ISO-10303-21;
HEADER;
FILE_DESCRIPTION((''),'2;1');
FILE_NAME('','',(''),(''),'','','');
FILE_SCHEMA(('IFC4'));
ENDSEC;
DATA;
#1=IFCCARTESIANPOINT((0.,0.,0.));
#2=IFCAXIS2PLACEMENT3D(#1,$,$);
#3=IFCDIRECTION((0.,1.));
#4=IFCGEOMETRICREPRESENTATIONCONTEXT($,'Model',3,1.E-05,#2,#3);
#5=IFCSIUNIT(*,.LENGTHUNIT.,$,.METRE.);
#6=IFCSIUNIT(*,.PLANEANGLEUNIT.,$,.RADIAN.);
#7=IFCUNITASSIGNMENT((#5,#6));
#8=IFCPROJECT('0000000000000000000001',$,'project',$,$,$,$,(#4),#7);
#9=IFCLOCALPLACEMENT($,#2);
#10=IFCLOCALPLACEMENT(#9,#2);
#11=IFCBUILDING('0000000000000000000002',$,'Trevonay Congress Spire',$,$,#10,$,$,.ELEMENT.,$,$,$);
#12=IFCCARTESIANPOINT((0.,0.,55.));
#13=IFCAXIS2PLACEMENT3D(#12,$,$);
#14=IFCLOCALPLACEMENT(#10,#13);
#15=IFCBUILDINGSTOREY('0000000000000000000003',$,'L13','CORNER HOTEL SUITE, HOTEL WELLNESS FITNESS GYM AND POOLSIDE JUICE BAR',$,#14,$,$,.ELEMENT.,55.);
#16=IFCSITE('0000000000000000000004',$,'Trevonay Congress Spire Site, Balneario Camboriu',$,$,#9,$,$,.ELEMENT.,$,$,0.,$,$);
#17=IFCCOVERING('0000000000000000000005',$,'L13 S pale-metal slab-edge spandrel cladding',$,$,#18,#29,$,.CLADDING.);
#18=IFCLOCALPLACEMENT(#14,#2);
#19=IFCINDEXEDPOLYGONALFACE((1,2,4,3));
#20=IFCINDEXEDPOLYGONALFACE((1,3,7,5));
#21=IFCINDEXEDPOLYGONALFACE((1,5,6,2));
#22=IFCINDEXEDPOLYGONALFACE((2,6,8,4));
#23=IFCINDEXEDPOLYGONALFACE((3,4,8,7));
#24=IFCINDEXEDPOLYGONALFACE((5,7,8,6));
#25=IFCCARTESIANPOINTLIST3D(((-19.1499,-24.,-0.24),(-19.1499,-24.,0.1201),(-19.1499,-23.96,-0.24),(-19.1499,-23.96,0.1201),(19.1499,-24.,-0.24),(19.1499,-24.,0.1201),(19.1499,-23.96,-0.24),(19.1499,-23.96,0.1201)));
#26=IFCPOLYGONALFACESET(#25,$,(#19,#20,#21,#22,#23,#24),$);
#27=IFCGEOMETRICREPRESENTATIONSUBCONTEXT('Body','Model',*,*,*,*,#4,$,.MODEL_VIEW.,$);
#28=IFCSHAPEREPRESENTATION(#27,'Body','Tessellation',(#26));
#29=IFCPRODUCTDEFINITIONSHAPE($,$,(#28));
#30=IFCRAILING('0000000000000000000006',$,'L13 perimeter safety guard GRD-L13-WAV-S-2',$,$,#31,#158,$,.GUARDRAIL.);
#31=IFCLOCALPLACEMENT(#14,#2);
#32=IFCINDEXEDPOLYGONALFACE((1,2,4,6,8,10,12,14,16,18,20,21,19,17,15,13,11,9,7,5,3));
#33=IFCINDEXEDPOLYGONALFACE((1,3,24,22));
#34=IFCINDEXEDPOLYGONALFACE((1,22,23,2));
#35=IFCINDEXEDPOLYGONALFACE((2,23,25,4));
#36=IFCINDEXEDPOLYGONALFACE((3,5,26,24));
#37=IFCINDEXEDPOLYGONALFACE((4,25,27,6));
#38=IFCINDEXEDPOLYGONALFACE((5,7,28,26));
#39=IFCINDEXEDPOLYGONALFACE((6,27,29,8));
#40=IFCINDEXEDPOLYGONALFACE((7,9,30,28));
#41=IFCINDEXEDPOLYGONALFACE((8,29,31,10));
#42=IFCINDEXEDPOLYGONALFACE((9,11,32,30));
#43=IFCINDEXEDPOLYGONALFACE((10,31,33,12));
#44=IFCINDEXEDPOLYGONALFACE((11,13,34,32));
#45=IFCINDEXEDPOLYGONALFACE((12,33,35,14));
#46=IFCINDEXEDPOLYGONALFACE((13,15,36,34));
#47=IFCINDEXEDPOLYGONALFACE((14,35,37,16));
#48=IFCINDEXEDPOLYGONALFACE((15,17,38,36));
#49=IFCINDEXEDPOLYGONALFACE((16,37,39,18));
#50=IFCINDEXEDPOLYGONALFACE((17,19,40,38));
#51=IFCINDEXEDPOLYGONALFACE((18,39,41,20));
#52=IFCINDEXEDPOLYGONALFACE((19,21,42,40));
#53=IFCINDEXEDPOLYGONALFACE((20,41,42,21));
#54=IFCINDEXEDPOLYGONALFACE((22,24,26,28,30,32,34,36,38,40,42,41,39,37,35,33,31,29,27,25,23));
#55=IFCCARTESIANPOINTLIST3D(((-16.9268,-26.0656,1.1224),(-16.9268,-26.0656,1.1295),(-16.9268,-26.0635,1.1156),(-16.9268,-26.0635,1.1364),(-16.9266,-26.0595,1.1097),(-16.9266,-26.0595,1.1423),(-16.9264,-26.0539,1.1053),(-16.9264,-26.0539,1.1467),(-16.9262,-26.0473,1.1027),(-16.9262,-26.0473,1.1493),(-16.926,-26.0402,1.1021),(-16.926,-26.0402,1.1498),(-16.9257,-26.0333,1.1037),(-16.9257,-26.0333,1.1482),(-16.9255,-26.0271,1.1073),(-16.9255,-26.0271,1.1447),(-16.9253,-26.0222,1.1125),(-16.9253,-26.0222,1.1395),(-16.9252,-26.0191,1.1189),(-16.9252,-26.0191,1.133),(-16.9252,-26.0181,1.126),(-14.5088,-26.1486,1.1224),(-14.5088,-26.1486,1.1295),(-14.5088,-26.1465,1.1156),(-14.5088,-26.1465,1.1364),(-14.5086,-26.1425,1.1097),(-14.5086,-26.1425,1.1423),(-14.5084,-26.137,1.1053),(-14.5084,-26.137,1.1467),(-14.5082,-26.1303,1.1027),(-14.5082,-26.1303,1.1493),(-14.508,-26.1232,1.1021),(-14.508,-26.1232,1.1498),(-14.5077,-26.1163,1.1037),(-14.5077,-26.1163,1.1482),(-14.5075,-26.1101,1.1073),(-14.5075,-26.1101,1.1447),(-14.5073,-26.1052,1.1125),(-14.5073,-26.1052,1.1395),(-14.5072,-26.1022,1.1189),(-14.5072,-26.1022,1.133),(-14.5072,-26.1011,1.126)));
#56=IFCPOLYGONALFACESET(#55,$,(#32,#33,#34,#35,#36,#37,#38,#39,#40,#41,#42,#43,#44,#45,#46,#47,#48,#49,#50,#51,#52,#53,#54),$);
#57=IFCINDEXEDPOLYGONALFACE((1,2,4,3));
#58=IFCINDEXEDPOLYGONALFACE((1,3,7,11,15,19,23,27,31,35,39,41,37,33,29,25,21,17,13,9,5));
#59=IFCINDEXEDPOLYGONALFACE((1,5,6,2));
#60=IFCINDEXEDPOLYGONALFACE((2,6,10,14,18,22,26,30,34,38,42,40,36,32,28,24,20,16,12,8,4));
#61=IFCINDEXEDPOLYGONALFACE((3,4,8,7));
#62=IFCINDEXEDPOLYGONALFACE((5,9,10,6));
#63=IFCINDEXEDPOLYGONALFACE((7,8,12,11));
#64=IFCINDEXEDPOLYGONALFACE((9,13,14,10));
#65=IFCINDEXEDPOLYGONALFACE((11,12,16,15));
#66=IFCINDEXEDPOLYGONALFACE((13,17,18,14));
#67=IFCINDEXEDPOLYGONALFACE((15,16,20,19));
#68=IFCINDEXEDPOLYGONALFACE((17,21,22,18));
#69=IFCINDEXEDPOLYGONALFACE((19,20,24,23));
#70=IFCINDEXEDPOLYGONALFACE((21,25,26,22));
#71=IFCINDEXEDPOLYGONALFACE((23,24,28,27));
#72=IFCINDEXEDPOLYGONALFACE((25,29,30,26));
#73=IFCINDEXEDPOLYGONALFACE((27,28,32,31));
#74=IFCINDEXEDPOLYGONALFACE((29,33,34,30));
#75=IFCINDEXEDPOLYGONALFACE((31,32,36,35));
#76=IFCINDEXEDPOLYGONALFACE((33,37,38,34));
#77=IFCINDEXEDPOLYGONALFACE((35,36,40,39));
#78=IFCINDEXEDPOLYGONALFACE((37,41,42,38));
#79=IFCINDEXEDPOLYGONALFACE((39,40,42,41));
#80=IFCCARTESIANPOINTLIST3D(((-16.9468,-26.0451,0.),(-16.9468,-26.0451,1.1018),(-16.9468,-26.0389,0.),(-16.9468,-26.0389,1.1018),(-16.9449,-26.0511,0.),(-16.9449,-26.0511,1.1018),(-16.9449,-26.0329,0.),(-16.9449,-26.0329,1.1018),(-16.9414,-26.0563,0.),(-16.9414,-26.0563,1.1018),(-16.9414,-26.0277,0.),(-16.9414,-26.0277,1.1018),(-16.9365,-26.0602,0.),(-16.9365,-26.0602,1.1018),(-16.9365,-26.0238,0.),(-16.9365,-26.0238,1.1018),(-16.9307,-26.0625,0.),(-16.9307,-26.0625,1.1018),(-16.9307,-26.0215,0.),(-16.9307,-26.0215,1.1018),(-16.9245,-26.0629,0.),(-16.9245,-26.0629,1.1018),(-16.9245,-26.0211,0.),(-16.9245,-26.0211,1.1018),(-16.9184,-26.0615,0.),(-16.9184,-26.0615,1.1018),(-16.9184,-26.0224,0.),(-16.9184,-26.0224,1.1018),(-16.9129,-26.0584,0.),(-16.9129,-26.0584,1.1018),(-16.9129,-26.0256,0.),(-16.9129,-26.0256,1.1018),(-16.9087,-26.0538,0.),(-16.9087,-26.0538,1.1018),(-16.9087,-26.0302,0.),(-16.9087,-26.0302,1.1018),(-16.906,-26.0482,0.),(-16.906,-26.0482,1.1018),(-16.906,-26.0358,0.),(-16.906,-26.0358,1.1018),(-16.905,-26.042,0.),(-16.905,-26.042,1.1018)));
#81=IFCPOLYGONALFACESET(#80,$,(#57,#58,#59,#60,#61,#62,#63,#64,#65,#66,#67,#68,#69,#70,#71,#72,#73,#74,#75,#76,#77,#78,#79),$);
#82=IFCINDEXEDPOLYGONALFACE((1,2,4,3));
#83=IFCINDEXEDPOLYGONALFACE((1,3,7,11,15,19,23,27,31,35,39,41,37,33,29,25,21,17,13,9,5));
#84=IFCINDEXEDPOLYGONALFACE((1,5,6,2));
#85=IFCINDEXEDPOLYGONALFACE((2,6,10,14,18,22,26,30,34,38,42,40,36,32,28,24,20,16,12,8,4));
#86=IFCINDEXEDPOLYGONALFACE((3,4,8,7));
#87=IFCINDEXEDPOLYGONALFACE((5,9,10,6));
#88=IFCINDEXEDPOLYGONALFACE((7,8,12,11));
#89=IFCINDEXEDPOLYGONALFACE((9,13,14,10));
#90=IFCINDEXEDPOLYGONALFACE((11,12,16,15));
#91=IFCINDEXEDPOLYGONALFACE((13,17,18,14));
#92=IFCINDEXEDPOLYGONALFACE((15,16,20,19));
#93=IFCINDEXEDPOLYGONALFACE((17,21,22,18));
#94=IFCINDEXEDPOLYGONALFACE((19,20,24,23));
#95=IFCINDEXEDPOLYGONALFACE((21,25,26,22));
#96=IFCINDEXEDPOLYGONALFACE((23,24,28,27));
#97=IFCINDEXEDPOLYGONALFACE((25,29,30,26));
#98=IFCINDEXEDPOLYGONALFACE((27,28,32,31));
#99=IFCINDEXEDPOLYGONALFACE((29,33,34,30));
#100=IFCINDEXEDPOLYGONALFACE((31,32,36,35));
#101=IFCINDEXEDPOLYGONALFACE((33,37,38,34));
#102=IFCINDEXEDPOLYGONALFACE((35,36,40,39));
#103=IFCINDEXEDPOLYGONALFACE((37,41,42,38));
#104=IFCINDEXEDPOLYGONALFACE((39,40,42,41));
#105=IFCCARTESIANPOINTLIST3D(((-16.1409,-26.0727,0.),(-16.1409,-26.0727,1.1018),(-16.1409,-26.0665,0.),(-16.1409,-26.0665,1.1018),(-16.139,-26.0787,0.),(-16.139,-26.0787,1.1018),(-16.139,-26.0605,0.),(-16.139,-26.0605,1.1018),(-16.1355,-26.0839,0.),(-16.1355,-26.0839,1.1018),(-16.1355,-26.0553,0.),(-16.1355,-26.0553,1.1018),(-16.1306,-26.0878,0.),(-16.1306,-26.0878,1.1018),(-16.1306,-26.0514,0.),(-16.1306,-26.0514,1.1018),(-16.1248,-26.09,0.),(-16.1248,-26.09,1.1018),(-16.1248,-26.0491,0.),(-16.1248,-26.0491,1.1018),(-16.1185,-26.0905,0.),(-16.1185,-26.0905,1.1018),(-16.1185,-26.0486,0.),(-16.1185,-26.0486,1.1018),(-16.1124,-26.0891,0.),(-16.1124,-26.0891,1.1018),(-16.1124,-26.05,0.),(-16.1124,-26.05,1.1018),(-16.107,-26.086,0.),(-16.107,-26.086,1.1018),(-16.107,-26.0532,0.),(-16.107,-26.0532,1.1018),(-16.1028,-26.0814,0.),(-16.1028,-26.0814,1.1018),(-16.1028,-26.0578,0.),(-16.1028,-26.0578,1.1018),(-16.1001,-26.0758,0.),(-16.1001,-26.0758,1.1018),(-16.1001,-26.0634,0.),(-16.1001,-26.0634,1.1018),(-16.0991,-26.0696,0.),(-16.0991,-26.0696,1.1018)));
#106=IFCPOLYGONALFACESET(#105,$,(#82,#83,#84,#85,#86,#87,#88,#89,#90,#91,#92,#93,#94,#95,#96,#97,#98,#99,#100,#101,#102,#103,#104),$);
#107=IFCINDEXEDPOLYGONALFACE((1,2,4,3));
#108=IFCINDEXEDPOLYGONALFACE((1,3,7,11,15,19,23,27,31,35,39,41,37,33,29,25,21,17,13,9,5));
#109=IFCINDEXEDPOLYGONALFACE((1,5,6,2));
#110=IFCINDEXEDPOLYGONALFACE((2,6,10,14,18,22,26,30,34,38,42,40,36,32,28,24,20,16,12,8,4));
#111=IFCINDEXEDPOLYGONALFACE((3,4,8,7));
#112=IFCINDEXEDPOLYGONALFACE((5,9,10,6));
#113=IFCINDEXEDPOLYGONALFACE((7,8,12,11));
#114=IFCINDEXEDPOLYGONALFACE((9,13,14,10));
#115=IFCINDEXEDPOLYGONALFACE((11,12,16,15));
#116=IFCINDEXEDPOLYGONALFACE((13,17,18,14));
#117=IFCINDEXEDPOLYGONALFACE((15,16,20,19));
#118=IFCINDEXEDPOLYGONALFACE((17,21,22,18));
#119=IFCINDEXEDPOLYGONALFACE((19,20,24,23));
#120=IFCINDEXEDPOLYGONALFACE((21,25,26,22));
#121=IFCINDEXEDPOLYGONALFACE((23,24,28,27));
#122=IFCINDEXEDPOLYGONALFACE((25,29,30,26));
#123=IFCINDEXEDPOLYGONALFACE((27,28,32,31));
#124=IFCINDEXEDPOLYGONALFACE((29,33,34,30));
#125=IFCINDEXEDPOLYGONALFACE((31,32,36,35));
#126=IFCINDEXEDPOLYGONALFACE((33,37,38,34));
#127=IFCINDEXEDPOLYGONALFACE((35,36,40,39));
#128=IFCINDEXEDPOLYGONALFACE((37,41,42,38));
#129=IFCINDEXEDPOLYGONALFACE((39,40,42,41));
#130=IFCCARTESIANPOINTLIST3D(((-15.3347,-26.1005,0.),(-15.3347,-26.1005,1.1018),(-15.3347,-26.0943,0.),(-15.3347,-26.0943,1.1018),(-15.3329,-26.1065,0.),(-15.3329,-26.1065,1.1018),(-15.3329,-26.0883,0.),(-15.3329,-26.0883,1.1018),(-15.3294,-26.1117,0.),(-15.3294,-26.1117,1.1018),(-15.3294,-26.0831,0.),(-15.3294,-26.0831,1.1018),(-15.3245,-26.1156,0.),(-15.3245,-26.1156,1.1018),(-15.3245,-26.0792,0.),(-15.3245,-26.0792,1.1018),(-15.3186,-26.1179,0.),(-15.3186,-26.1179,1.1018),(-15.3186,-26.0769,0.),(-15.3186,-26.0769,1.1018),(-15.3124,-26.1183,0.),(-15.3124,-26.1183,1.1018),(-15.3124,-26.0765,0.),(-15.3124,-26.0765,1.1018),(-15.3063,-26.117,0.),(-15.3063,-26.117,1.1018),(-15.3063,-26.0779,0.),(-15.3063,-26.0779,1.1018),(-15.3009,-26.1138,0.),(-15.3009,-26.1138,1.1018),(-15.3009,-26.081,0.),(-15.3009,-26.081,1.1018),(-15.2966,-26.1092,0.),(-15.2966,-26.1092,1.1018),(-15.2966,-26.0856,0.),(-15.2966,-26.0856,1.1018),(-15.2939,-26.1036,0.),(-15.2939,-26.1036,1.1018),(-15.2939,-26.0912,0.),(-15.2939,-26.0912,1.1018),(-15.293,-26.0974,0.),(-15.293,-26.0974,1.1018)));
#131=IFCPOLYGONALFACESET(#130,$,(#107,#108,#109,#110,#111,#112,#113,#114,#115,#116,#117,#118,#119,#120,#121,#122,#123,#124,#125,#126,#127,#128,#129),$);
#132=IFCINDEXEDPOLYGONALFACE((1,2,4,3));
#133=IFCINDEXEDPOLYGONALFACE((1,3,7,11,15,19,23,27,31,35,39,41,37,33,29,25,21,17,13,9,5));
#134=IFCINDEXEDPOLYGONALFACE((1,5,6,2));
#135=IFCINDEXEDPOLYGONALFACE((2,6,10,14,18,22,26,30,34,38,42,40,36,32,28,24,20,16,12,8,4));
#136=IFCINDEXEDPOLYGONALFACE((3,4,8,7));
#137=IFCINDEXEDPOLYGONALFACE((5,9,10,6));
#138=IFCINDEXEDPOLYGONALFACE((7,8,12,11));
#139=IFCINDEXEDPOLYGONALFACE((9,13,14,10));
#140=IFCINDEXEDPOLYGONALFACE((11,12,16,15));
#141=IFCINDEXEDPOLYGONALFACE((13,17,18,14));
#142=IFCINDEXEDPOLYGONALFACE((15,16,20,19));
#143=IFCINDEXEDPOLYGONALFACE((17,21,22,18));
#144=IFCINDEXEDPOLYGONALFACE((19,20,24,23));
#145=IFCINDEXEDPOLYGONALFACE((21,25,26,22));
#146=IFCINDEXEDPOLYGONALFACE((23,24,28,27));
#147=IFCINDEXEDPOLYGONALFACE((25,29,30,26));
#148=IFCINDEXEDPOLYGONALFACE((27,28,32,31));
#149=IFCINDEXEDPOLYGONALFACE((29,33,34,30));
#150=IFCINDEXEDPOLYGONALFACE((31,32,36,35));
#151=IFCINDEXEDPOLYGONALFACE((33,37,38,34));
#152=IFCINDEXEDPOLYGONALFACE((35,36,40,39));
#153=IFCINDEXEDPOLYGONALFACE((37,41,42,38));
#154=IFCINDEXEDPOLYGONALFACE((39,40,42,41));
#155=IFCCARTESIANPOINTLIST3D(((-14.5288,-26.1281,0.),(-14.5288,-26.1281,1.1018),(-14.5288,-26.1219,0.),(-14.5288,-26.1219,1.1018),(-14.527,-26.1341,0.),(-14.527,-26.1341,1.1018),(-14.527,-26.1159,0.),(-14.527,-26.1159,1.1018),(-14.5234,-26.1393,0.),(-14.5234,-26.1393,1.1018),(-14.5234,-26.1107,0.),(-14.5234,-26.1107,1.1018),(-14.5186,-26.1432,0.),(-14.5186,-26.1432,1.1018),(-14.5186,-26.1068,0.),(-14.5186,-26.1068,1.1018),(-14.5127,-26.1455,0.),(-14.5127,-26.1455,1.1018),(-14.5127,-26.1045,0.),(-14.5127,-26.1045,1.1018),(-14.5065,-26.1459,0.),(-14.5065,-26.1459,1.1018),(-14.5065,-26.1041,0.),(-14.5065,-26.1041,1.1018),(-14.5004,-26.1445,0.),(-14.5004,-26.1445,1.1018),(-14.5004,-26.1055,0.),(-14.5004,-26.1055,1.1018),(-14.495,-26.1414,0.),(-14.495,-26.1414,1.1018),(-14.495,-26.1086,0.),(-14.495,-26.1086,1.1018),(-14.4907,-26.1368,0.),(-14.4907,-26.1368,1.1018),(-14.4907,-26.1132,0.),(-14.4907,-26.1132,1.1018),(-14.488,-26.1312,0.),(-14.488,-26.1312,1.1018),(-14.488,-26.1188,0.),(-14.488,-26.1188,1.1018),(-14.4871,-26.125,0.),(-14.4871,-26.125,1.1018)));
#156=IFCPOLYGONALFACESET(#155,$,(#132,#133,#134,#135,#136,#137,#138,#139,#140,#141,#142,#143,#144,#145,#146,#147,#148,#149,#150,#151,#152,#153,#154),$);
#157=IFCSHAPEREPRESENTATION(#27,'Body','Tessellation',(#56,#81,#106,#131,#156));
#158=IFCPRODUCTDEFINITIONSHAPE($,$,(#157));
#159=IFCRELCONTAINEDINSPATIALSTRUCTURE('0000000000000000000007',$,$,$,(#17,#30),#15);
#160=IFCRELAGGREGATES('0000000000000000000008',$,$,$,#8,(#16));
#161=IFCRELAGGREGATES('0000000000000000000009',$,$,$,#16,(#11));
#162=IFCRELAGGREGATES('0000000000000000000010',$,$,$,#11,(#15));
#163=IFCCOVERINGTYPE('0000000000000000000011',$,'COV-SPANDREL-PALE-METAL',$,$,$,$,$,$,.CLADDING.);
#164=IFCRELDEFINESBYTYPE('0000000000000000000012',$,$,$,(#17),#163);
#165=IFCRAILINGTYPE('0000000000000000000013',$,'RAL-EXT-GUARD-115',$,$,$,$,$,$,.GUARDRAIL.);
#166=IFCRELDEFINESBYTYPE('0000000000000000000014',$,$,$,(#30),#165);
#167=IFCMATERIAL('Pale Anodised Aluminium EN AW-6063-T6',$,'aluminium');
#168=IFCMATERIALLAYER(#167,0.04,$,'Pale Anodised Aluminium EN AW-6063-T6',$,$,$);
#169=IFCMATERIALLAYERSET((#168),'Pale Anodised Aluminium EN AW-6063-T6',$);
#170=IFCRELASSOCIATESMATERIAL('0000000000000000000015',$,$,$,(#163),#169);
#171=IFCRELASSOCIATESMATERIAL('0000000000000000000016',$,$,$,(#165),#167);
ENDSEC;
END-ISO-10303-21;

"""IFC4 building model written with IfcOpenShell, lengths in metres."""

from ifc_helpers import new_model, si_unit, direction, frame, frame_2d, origin, origin_2d, place, context, subcontext, project, spatial, rectangle, circle, extrude, material, layer, layer_set, type_object, element, save


model = new_model("IFC4")

# Units and contexts
model_context = context("Model", 3, precision=1e-05, world=origin(), true_north=direction((0.0, 1.0)))
body_context = subcontext(model_context, "Body", "Model", "MODEL_VIEW")
ifc_project = project(units=[si_unit("LENGTHUNIT", "METRE"), si_unit("PLANEANGLEUNIT", "RADIAN")], contexts=[model_context])

# Site, building, storey
site_placement = place(None, origin())
site = spatial("IfcSite", under=ifc_project, at=site_placement, Name="Trevonay Congress Spire Site, Balneario Camboriu", CompositionType="ELEMENT", RefElevation=0.0)
building_placement = place(site_placement, origin())
building = spatial("IfcBuilding", under=site, at=building_placement, Name="Trevonay Congress Spire", CompositionType="ELEMENT")
storey_placement = place(building_placement, frame((0.0, 0.0, 55.0)))
storey = spatial("IfcBuildingStorey", under=building, at=storey_placement, Name="L13", Description="CORNER HOTEL SUITE, HOTEL WELLNESS FITNESS GYM AND POOLSIDE JUICE BAR", CompositionType="ELEMENT", Elevation=55.0)

# Shared definitions
ifc_material_1 = material(Name="Pale Anodised Aluminium EN AW-6063-T6", Category="aluminium")

# Covering
ifc_layer_1 = layer(ifc_material_1, 0.04, Name="Pale Anodised Aluminium EN AW-6063-T6")
ifc_layer_set_1 = layer_set([ifc_layer_1], Name="Pale Anodised Aluminium EN AW-6063-T6")
covering_type = type_object("IfcCoveringType", Name="COV-SPANDREL-PALE-METAL", PredefinedType="CLADDING", material=ifc_layer_set_1)
covering_placement = place(storey_placement, frame((-19.1499, -23.98, -0.24), z_axis=(0.0, 0.0, 1.0), x_axis=(1.0, 0.0, 0.0)))
element("IfcCovering", 1, at=covering_placement, inside=storey, type_object=covering_type, Name="L13 S pale-metal slab-edge spandrel cladding", PredefinedType="CLADDING", context=body_context, shape_type="SweptSolid", body=[
    extrude(rectangle(XDim=38.2998, YDim=0.04, at=frame_2d((19.1499, 0.0))), origin(), (0.0, 0.0, 1.0), 0.3601),
])

# Railing
railing_type = type_object("IfcRailingType", Name="RAL-EXT-GUARD-115", PredefinedType="GUARDRAIL", material=ifc_material_1)
railing_1_placement = place(storey_placement, frame((-16.926, -26.042, 0.0)))
element("IfcRailing", 2, at=railing_1_placement, inside=storey, type_object=railing_type, Name="L13 perimeter safety guard GRD-L13-WAV-S-2", PredefinedType="GUARDRAIL", context=body_context, shape_type="SweptSolid", body=[
    extrude(circle(Radius=0.0239, at=origin_2d()), frame((0.0, 0.0, 1.126), z_axis=(0.999411, -0.034309, 0.0), x_axis=(0.034309, 0.999411, 0.0)), (0.0, 0.0, 1.0), 2.4194),
    extrude(circle(Radius=0.021, at=origin_2d()), origin(), (0.0, 0.0, 1.0), 1.1018),
    extrude(circle(Radius=0.021, at=origin_2d()), frame((0.8059, -0.0276, 0.0)), (0.0, 0.0, 1.0), 1.1018),
    extrude(circle(Radius=0.021, at=origin_2d()), frame((1.6121, -0.0554, 0.0)), (0.0, 0.0, 1.0), 1.1018),
    extrude(circle(Radius=0.021, at=origin_2d()), frame((2.418, -0.083, 0.0)), (0.0, 0.0, 1.0), 1.1018),
])

save(model, "model.ifc")
